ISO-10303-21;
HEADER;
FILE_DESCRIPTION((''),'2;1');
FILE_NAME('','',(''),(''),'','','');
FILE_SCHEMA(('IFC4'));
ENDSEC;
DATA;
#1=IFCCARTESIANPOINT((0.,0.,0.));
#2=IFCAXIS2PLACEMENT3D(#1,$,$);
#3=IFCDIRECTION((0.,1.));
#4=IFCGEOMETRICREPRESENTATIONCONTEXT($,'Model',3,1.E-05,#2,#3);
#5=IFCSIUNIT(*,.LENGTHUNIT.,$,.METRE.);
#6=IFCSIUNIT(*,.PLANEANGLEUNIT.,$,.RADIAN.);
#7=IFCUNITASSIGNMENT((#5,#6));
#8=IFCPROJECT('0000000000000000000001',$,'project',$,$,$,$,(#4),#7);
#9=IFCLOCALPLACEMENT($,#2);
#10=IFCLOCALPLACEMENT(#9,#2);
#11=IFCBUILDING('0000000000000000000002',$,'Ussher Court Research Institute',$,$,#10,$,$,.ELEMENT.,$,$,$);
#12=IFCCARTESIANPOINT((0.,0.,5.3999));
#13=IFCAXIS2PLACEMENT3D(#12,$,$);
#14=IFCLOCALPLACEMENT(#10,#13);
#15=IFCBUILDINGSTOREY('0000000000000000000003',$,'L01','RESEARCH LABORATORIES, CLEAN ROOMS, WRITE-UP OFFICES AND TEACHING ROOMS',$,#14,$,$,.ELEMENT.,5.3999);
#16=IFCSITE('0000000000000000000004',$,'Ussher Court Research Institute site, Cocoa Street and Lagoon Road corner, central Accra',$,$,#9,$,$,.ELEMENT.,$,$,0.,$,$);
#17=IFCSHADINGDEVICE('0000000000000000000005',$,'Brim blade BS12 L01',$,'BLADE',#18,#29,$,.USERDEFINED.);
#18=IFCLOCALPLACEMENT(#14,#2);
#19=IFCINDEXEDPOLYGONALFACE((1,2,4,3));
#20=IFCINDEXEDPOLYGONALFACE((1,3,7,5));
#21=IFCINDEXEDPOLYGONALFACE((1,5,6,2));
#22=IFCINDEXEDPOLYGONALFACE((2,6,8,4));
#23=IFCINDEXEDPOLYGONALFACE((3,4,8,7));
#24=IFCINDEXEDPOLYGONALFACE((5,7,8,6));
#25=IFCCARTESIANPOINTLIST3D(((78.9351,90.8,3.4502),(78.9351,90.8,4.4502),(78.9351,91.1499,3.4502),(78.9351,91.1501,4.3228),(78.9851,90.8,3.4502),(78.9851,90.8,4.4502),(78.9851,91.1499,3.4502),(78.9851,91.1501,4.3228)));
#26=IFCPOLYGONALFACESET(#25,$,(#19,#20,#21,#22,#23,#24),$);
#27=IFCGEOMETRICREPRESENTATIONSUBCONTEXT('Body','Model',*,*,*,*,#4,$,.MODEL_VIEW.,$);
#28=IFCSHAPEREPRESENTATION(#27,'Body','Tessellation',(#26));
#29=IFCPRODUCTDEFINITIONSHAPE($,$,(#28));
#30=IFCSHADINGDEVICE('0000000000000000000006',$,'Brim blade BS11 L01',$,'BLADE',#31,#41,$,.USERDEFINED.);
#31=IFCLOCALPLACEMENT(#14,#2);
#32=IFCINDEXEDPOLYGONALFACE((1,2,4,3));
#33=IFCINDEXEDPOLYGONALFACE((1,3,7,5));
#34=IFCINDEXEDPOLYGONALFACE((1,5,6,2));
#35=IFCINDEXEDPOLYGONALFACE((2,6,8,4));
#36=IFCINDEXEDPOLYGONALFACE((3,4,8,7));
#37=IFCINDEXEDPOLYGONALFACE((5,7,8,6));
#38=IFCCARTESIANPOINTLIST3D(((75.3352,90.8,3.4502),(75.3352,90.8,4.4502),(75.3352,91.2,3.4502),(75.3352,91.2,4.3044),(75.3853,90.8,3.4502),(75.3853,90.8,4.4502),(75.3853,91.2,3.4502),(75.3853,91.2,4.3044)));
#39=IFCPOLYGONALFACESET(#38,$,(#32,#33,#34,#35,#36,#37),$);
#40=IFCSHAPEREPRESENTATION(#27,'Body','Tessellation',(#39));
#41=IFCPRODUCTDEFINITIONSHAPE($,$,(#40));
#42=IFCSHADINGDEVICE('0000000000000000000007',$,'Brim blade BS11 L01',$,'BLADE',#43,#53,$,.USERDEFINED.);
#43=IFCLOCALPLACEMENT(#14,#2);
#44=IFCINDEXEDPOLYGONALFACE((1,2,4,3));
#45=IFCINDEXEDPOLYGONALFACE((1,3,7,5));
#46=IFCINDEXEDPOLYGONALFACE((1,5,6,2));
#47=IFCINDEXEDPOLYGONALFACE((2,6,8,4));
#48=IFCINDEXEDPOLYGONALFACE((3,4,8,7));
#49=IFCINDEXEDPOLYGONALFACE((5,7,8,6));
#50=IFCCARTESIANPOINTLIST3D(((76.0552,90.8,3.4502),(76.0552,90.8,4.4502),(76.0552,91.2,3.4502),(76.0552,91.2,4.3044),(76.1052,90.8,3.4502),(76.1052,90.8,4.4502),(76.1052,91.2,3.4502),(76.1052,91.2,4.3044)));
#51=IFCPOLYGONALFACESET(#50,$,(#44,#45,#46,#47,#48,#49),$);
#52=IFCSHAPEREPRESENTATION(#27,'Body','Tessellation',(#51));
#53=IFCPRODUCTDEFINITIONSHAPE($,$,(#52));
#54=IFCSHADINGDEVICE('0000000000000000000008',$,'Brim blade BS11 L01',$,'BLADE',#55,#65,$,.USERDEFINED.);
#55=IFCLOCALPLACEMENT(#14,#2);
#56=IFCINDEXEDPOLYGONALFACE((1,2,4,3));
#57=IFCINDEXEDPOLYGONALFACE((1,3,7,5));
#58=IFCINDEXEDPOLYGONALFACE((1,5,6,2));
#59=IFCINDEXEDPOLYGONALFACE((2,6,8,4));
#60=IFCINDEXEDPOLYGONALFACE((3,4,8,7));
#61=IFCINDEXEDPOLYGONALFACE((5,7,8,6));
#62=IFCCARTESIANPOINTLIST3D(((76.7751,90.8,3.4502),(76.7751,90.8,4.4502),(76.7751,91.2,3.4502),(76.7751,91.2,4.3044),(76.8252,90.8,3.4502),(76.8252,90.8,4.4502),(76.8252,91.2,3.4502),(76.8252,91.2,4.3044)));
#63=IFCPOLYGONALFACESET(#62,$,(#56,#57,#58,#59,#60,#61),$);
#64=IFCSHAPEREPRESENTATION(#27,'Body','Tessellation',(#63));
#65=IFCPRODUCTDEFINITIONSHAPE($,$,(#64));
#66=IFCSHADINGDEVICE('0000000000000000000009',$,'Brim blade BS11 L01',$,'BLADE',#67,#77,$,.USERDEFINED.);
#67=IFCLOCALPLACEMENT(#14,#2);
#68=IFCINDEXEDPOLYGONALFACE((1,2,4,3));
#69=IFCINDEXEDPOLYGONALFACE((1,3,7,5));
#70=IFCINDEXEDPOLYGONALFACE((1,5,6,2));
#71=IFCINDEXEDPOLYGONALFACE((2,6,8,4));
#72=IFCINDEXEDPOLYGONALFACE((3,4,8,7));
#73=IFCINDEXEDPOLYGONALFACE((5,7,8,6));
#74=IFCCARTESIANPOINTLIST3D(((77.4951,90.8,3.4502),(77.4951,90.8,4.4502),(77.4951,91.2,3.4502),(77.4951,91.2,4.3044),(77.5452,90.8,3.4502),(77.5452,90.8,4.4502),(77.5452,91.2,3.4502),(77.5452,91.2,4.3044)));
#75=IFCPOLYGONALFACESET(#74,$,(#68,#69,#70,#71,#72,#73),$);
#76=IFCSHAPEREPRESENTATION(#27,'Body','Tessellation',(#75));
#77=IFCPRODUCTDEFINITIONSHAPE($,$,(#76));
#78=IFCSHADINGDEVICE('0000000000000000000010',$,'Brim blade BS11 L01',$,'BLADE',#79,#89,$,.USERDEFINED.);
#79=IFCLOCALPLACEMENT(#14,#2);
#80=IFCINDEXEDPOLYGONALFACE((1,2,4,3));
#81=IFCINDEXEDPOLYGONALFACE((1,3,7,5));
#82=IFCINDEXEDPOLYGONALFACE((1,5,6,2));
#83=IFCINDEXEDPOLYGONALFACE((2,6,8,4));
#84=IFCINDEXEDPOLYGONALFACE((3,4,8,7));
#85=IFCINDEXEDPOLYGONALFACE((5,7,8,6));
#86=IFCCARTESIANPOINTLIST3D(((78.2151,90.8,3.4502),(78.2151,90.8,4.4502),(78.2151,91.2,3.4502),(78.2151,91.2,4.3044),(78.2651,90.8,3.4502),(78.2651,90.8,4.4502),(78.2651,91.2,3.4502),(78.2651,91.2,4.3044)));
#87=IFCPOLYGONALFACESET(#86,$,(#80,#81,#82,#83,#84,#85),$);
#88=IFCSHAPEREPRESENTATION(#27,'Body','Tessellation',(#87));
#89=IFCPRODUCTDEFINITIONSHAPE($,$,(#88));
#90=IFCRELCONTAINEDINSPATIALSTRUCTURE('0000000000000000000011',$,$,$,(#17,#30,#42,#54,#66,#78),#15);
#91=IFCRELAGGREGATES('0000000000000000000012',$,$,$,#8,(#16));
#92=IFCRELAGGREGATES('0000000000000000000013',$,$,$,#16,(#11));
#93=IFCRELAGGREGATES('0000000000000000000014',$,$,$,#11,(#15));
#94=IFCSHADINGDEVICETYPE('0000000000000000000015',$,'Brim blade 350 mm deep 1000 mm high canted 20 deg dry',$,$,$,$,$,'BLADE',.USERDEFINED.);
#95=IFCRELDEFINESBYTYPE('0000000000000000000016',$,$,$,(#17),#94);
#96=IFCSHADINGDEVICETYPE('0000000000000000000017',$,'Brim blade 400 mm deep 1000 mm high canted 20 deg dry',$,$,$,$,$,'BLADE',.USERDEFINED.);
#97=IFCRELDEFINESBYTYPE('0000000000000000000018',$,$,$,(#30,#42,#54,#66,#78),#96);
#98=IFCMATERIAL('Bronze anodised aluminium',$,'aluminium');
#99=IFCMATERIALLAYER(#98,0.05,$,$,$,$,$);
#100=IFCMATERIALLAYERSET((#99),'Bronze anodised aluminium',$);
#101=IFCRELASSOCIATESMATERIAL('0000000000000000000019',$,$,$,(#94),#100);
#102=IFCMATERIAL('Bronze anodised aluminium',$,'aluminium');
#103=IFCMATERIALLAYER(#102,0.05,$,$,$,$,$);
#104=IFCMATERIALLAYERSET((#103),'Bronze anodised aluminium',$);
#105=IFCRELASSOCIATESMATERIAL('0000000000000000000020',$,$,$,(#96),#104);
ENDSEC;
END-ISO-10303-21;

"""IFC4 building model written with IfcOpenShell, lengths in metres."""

from ifc_helpers import new_model, si_unit, direction, frame, origin, place, context, subcontext, project, spatial, polyline, outline, extrude, material, layer, layer_set, type_object, element, save


model = new_model("IFC4")

# Units and contexts
model_context = context("Model", 3, precision=1e-05, world=origin(), true_north=direction((0.0, 1.0)))
body_context = subcontext(model_context, "Body", "Model", "MODEL_VIEW")
ifc_project = project(units=[si_unit("LENGTHUNIT", "METRE"), si_unit("PLANEANGLEUNIT", "RADIAN")], contexts=[model_context])

# Site, building, storey
site_placement = place(None, origin())
site = spatial("IfcSite", under=ifc_project, at=site_placement, Name="Ussher Court Research Institute site, Cocoa Street and Lagoon Road corner, central Accra", CompositionType="ELEMENT", RefElevation=0.0)
building_placement = place(site_placement, origin())
building = spatial("IfcBuilding", under=site, at=building_placement, Name="Ussher Court Research Institute", CompositionType="ELEMENT")
storey_placement = place(building_placement, frame((0.0, 0.0, 5.3999)))
storey = spatial("IfcBuildingStorey", under=building, at=storey_placement, Name="L01", Description="RESEARCH LABORATORIES, CLEAN ROOMS, WRITE-UP OFFICES AND TEACHING ROOMS", CompositionType="ELEMENT", Elevation=5.3999)

# Shading devices
ifc_material_1 = material(Name="Bronze anodised aluminium", Category="aluminium")
ifc_layer_1 = layer(ifc_material_1, 0.05)
ifc_layer_set_1 = layer_set([ifc_layer_1], Name="Bronze anodised aluminium")
shading_device_type_1 = type_object("IfcShadingDeviceType", Name="Brim blade 350 mm deep 1000 mm high canted 20 deg dry", ElementType="BLADE", PredefinedType="USERDEFINED", material=ifc_layer_set_1)
for number, where, z_axis, x_axis, name in (
    (1, (78.96, 90.8, 3.4502), (0.0, 0.0, 1.0), (0.0, 1.0, 0.0), "Brim blade BS12 L01"),
):
    element("IfcShadingDevice", number, at=place(storey_placement, frame(where, z_axis=z_axis, x_axis=x_axis)), inside=storey, type_object=shading_device_type_1, Name=name, ObjectType="BLADE", PredefinedType="USERDEFINED", context=body_context, shape_type="SweptSolid", body=[
        extrude(outline(polyline([(0.0, 0.0), (0.3499, 0.0), (0.3501, 0.8726), (0.0, 1.0), (0.0, 0.0)])), frame((0.0, 0.0249, 0.0), z_axis=(0.0, -1.0, 0.0), x_axis=(1.0, 0.0, 0.0)), (0.0, 0.0, 1.0), 0.05),
    ])
ifc_material_2 = material(Name="Bronze anodised aluminium", Category="aluminium")
ifc_layer_2 = layer(ifc_material_2, 0.05)
ifc_layer_set_2 = layer_set([ifc_layer_2], Name="Bronze anodised aluminium")
shading_device_type_2 = type_object("IfcShadingDeviceType", Name="Brim blade 400 mm deep 1000 mm high canted 20 deg dry", ElementType="BLADE", PredefinedType="USERDEFINED", material=ifc_layer_set_2)
for number, where, z_axis, x_axis, name in (
    (2, (75.3601, 90.8, 3.4502), (0.0, 0.0, 1.0), (0.0, 1.0, 0.0), "Brim blade BS11 L01"),
    (3, (76.0801, 90.8, 3.4502), (0.0, 0.0, 1.0), (0.0, 1.0, 0.0), "Brim blade BS11 L01"),
    (4, (76.8, 90.8, 3.4502), (0.0, 0.0, 1.0), (0.0, 1.0, 0.0), "Brim blade BS11 L01"),
    (5, (77.52, 90.8, 3.4502), (0.0, 0.0, 1.0), (0.0, 1.0, 0.0), "Brim blade BS11 L01"),
    (6, (78.24, 90.8, 3.4502), (0.0, 0.0, 1.0), (0.0, 1.0, 0.0), "Brim blade BS11 L01"),
):
    element("IfcShadingDevice", number, at=place(storey_placement, frame(where, z_axis=z_axis, x_axis=x_axis)), inside=storey, type_object=shading_device_type_2, Name=name, ObjectType="BLADE", PredefinedType="USERDEFINED", context=body_context, shape_type="SweptSolid", body=[
        extrude(outline(polyline([(0.0, 0.0), (0.3999, 0.0), (0.3999, 0.8542), (0.0, 1.0), (0.0, 0.0)])), frame((0.0, 0.0249, 0.0), z_axis=(0.0, -1.0, 0.0), x_axis=(1.0, 0.0, 0.0)), (0.0, 0.0, 1.0), 0.05),
    ])

save(model, "model.ifc")
